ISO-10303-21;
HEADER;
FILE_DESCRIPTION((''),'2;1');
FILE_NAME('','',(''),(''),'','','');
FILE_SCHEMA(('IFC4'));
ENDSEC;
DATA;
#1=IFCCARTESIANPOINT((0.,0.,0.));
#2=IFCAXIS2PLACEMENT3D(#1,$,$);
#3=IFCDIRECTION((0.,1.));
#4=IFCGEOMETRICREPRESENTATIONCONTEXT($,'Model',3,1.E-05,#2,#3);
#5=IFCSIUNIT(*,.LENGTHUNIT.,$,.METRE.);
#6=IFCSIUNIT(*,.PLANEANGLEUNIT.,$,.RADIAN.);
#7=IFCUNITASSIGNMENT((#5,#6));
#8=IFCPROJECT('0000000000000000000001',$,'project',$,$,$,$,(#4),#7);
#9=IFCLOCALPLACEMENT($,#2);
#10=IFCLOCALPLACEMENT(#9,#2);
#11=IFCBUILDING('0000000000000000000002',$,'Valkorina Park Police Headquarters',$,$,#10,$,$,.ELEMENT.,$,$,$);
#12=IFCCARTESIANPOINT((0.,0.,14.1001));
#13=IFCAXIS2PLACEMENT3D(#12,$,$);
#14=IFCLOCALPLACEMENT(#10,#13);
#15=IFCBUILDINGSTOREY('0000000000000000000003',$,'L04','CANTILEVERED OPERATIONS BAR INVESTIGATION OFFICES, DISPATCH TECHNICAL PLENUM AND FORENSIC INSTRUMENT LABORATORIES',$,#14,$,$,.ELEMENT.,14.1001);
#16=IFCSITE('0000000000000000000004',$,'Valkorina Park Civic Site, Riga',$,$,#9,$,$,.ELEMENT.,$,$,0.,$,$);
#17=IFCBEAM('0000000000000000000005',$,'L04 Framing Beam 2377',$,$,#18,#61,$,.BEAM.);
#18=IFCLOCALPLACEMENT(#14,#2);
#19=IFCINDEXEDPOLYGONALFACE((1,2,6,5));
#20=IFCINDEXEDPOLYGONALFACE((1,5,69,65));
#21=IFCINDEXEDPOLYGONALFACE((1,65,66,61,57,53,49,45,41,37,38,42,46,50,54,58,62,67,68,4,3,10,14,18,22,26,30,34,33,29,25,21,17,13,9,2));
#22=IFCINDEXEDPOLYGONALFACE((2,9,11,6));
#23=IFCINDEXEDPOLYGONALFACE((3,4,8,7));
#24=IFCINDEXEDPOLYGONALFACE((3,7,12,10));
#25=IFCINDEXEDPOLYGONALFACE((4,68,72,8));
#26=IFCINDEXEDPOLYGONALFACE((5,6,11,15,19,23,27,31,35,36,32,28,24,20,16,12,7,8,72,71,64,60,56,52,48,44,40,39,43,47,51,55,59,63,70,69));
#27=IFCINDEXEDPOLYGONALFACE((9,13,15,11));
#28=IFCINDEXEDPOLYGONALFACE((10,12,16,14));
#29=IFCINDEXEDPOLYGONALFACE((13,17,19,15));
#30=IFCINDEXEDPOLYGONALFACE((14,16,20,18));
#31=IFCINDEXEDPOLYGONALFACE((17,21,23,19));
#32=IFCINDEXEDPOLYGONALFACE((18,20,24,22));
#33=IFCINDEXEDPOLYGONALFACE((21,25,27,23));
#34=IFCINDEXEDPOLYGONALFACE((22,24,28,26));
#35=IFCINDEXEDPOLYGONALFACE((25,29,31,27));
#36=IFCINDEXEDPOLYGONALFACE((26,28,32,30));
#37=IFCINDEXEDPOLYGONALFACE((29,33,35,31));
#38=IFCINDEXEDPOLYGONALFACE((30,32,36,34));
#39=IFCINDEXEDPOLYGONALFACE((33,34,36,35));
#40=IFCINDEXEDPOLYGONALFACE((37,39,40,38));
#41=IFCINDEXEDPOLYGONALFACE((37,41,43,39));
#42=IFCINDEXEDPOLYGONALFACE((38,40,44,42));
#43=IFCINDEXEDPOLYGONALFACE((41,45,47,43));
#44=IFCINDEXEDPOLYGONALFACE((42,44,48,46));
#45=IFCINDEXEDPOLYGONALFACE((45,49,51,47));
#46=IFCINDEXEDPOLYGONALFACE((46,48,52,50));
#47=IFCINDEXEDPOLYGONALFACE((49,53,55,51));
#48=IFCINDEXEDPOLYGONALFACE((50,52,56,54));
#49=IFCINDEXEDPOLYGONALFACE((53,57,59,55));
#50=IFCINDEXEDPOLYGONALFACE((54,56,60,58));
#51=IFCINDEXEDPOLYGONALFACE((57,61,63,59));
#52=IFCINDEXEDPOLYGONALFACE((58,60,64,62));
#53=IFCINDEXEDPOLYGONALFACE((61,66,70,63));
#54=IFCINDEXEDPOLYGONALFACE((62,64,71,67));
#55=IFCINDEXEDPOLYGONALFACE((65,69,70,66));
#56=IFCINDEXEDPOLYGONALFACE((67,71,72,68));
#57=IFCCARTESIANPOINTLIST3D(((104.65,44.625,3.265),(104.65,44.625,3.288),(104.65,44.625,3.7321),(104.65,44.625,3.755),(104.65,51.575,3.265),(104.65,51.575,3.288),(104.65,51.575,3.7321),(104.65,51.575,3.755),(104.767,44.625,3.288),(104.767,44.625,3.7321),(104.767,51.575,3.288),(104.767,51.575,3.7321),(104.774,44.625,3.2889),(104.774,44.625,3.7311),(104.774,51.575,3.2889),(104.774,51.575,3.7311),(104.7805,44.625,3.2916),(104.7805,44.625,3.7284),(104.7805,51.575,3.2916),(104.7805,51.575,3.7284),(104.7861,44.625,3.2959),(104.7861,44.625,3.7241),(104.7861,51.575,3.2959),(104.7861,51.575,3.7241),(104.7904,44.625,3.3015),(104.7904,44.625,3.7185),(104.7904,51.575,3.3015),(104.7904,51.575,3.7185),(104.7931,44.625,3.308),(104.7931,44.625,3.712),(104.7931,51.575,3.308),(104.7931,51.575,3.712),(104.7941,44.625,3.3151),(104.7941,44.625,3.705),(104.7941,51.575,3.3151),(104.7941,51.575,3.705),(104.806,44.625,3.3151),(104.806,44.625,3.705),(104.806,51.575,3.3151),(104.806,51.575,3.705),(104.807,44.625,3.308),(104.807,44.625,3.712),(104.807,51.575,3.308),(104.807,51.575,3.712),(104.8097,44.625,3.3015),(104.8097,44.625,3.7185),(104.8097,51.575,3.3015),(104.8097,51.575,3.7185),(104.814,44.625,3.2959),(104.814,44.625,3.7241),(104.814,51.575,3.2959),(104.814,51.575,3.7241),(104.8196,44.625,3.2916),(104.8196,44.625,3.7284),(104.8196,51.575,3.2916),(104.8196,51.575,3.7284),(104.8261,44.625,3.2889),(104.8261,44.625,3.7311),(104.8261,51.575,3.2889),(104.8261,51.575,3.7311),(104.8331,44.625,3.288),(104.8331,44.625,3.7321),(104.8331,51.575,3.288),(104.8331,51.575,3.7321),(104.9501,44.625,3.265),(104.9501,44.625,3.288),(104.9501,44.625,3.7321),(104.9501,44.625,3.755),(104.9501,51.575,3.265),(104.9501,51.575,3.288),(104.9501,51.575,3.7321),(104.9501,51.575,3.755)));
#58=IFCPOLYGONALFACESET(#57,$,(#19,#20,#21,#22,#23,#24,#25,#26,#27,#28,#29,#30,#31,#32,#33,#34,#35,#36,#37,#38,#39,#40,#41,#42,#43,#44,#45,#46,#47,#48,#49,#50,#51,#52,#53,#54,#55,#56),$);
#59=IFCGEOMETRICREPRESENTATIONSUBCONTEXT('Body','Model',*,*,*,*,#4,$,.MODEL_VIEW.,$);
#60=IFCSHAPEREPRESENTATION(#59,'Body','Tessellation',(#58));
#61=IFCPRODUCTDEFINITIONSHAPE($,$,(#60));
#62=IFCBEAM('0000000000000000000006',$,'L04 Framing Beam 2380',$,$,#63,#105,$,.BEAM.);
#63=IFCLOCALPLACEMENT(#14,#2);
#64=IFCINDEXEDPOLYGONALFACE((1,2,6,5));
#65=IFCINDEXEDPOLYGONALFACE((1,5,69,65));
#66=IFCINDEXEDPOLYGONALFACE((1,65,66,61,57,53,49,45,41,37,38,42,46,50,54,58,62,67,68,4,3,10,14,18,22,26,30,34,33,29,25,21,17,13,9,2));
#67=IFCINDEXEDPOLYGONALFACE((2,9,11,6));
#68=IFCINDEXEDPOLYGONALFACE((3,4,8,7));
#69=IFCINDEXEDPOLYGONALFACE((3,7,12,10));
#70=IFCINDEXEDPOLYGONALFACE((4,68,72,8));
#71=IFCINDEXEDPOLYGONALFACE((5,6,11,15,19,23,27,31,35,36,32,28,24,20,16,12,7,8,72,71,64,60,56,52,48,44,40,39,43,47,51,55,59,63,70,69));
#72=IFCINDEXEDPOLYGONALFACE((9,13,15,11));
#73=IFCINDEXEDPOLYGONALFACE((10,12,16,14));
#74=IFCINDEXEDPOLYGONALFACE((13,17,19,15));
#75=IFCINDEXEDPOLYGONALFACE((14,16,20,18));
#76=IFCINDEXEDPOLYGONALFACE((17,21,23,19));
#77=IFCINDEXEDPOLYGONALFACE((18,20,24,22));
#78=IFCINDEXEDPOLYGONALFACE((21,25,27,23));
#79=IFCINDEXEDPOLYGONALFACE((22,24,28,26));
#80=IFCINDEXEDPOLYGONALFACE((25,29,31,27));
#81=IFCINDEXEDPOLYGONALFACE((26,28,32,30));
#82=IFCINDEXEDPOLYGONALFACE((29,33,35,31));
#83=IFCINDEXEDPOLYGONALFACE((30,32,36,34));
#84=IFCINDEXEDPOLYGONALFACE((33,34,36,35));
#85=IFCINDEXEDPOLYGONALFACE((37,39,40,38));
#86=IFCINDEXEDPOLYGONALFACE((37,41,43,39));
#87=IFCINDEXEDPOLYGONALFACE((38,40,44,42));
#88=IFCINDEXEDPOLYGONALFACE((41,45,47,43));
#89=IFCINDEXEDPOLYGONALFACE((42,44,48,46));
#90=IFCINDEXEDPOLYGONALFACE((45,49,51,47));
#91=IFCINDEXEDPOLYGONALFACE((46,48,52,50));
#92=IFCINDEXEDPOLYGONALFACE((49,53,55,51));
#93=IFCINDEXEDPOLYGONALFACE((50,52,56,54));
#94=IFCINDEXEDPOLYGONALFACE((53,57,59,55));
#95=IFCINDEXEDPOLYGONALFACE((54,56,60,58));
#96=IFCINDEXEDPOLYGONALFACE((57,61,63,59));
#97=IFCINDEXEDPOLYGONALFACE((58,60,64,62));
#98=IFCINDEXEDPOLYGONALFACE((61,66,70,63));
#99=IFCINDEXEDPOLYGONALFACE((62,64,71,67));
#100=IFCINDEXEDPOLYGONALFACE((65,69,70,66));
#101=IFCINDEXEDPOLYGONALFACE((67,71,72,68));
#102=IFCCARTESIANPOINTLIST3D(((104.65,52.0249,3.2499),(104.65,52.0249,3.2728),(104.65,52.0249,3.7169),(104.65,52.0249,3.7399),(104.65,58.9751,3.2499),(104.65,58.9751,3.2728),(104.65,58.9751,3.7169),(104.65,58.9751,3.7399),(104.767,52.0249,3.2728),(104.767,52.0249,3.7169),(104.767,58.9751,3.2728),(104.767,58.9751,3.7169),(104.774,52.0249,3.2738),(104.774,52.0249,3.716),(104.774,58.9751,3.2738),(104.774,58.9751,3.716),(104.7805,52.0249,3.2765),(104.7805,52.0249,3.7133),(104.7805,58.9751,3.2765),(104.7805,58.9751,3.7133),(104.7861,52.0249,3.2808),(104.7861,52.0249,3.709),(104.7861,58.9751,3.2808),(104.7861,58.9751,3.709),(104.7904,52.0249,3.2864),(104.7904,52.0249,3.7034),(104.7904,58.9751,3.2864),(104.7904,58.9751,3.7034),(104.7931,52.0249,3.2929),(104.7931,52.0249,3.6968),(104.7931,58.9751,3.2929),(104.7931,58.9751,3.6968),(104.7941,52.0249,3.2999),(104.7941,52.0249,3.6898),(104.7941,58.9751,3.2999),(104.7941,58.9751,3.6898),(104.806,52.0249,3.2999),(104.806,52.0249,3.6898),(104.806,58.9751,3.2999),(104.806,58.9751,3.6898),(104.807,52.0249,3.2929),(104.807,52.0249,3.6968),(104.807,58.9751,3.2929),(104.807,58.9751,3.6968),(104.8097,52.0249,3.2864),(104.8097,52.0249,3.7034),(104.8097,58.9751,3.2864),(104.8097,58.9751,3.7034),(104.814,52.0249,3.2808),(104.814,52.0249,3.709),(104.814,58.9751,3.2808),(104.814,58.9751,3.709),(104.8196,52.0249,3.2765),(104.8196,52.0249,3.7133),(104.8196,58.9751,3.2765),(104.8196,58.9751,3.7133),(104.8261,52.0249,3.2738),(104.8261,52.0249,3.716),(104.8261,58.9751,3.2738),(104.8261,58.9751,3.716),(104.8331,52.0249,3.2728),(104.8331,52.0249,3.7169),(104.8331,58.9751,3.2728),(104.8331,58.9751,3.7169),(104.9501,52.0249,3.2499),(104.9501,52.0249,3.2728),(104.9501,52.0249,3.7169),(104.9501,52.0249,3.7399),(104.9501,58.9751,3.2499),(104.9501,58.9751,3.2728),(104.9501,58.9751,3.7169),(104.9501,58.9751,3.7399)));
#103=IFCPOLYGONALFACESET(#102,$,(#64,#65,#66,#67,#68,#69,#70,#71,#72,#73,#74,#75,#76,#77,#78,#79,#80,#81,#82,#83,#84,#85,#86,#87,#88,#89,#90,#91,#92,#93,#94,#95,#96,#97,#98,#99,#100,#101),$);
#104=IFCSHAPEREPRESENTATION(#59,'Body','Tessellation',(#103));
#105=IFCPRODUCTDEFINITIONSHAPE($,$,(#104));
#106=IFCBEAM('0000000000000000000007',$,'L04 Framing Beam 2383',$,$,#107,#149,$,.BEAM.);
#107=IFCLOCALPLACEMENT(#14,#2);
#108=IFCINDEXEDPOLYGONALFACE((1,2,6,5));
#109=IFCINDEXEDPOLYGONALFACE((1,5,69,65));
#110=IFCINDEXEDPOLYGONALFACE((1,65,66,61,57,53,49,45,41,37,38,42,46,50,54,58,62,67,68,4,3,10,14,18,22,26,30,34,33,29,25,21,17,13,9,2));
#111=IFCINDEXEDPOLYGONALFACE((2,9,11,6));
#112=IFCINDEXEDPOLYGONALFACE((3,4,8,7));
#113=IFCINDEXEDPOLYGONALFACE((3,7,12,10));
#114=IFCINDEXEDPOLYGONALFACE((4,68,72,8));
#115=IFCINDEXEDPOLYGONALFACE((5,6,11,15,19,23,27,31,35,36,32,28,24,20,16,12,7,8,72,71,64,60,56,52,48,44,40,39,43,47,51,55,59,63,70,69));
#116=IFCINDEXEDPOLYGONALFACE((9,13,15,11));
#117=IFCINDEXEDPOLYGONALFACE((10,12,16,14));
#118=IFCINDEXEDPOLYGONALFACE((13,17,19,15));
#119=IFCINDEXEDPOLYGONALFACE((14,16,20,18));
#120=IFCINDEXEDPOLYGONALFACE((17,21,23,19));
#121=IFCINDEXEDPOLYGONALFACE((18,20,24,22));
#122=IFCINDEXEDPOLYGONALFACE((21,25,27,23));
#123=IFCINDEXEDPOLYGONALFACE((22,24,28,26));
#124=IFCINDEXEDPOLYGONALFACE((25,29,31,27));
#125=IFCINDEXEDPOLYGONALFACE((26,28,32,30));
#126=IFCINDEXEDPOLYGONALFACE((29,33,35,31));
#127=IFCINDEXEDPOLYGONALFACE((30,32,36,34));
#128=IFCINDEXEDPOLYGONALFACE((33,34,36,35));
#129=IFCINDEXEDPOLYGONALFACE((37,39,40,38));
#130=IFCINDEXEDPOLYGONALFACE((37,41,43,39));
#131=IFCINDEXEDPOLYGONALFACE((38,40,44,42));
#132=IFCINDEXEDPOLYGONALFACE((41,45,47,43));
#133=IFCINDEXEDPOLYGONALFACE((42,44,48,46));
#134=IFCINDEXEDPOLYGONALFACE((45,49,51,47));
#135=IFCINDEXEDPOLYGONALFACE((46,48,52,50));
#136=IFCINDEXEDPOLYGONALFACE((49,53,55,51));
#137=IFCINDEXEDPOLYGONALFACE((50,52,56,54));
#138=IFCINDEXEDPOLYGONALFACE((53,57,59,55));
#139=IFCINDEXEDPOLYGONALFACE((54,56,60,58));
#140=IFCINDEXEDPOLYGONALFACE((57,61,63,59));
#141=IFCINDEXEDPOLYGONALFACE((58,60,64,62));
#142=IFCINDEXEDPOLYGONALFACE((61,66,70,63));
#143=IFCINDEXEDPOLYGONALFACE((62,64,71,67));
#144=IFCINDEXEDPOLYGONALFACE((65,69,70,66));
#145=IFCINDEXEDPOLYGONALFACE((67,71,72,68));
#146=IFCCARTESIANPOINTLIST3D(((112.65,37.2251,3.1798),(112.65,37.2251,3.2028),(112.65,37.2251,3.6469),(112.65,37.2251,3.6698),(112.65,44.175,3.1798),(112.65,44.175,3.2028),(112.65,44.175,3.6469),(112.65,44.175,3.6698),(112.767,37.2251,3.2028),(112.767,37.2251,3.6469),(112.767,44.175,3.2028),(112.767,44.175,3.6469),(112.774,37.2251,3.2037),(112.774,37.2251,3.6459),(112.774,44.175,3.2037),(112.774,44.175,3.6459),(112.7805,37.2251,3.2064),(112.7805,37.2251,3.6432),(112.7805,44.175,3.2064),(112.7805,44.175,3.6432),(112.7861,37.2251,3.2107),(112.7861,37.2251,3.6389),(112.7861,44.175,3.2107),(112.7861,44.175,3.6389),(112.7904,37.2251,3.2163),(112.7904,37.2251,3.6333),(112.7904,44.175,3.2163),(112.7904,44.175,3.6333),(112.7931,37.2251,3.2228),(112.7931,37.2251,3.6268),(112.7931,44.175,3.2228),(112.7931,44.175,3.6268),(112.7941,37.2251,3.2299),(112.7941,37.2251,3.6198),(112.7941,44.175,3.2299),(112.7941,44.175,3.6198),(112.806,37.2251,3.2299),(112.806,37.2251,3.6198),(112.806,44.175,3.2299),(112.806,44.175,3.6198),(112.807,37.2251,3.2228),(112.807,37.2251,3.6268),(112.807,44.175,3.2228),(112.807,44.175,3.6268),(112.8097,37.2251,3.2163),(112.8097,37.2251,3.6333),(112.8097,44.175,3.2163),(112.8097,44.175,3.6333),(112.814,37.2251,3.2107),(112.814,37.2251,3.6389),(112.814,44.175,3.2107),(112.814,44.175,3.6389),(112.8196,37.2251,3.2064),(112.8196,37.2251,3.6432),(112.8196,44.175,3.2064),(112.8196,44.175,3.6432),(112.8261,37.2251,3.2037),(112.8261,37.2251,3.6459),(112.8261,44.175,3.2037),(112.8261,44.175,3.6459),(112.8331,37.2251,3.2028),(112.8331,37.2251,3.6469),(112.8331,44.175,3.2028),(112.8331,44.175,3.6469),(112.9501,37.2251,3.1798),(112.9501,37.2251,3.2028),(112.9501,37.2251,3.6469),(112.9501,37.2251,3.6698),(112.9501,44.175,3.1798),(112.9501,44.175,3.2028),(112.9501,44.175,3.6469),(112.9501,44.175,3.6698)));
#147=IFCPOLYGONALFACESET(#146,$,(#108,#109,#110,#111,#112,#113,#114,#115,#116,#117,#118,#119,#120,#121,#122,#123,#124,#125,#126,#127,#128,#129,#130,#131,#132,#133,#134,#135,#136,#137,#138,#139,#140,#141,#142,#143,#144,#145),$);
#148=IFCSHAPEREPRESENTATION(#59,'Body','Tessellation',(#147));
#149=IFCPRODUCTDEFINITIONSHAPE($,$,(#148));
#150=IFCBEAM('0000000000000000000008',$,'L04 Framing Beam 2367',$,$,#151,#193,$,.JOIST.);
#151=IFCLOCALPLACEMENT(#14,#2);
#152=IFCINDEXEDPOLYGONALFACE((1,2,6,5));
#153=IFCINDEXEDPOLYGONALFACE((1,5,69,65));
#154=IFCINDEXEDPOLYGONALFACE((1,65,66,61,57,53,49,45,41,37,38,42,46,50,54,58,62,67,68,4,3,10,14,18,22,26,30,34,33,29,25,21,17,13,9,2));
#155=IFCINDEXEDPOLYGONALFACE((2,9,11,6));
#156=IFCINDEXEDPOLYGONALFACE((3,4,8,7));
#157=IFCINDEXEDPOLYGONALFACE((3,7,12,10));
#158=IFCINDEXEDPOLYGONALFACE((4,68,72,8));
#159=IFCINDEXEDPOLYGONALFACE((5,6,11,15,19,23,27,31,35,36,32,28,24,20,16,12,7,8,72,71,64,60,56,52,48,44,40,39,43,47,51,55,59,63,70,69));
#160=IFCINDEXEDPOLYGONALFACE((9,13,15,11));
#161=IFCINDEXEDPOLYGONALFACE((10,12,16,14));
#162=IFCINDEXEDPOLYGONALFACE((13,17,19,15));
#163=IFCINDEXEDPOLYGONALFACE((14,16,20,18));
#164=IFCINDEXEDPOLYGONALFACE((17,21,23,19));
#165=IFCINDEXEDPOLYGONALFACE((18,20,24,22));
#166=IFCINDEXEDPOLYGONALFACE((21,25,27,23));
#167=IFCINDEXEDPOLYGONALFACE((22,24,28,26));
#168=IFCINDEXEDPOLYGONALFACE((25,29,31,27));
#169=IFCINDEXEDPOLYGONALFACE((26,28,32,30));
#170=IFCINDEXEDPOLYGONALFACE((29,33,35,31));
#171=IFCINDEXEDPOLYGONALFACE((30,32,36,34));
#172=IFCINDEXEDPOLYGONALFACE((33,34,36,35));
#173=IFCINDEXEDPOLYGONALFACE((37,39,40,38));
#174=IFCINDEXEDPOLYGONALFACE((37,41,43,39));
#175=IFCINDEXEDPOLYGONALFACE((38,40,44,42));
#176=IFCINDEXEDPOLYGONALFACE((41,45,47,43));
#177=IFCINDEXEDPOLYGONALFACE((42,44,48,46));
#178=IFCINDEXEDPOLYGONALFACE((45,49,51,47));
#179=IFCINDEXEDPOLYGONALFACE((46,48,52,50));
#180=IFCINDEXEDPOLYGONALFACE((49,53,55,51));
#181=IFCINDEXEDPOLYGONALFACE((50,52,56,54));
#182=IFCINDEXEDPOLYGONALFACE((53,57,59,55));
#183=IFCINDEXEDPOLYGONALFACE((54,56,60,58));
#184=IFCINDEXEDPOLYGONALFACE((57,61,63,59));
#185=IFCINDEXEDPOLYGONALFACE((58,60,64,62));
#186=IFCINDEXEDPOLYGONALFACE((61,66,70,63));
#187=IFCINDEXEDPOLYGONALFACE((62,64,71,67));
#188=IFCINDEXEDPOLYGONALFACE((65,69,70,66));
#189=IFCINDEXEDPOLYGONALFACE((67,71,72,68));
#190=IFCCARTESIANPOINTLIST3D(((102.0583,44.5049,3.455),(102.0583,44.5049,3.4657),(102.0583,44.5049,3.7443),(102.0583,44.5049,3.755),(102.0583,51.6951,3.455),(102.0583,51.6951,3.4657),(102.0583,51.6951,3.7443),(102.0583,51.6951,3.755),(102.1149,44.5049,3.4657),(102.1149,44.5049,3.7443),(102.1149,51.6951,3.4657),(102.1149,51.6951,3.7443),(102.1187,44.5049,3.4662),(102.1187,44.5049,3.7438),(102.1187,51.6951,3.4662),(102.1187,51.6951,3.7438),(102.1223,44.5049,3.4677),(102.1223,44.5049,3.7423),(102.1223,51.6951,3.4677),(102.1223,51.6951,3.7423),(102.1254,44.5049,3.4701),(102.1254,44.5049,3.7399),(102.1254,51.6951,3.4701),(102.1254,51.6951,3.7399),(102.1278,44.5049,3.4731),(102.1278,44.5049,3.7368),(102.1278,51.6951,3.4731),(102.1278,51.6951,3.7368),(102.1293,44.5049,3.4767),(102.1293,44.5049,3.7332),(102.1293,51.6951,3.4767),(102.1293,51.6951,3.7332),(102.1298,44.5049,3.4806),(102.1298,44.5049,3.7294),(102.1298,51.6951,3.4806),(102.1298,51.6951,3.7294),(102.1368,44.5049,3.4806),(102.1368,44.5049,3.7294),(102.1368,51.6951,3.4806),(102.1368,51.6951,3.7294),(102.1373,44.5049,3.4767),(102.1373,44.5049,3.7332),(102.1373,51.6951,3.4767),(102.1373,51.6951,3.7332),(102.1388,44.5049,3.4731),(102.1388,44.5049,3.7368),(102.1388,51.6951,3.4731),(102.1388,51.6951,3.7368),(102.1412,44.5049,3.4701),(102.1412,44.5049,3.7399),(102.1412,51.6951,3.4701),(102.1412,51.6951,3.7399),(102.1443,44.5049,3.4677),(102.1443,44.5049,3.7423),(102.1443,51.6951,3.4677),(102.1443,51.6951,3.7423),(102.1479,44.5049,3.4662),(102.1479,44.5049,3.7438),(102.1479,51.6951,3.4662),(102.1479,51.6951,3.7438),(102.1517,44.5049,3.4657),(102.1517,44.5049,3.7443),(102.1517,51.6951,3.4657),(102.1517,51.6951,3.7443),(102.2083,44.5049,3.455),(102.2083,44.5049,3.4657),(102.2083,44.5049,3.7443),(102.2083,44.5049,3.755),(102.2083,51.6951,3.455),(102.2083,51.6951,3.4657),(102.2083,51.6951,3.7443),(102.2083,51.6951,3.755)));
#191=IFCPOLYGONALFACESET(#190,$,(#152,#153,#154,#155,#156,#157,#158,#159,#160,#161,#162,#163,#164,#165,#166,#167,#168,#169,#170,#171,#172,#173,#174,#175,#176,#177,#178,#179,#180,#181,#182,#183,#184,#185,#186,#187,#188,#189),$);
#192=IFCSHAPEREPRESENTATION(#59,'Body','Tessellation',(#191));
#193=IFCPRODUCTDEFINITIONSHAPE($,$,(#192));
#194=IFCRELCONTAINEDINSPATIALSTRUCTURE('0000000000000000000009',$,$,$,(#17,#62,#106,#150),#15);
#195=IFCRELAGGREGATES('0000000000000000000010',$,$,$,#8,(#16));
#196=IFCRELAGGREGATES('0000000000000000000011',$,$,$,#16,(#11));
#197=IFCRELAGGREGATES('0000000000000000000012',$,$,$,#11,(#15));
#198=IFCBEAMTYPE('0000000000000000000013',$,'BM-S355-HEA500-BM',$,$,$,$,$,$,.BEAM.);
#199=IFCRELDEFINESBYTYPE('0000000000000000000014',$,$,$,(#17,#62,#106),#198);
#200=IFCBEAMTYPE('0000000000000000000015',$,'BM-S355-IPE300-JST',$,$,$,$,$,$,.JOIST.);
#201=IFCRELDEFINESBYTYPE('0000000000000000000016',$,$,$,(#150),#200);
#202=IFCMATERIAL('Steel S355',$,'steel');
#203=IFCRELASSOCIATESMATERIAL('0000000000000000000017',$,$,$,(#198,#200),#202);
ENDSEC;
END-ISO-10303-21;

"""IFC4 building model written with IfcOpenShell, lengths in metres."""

from ifc_helpers import new_model, si_unit, direction, frame, origin, origin_2d, place, context, subcontext, project, spatial, i_section, extrude, material, material_profile, profile_set, type_object, element, save


model = new_model("IFC4")

# Units and contexts
model_context = context("Model", 3, precision=1e-05, world=origin(), true_north=direction((0.0, 1.0)))
body_context = subcontext(model_context, "Body", "Model", "MODEL_VIEW")
ifc_project = project(units=[si_unit("LENGTHUNIT", "METRE"), si_unit("PLANEANGLEUNIT", "RADIAN")], contexts=[model_context])

# Site, building, storey
site_placement = place(None, origin())
site = spatial("IfcSite", under=ifc_project, at=site_placement, Name="Valkorina Park Civic Site, Riga", CompositionType="ELEMENT", RefElevation=0.0)
building_placement = place(site_placement, origin())
building = spatial("IfcBuilding", under=site, at=building_placement, Name="Valkorina Park Police Headquarters", CompositionType="ELEMENT")
storey_placement = place(building_placement, frame((0.0, 0.0, 14.1001)))
storey = spatial("IfcBuildingStorey", under=building, at=storey_placement, Name="L04", Description="CANTILEVERED OPERATIONS BAR INVESTIGATION OFFICES, DISPATCH TECHNICAL PLENUM AND FORENSIC INSTRUMENT LABORATORIES", CompositionType="ELEMENT", Elevation=14.1001)

# Shared definitions
ifc_material_1 = material(Name="Steel S355", Category="steel")

# Beams
ifc_material_profile_1 = material_profile(ifc_material_1, i_section(OverallWidth=0.3, OverallDepth=0.49, WebThickness=0.012, FlangeThickness=0.0229, FilletRadius=0.0271, at=origin_2d()), Name="HEA 500")
ifc_profile_set_1 = profile_set([ifc_material_profile_1], Name="Steel S355")
beam_type_1 = type_object("IfcBeamType", Name="BM-S355-HEA500-BM", PredefinedType="BEAM", material=ifc_profile_set_1)
for number, where, z_axis, x_axis, name in (
    (1, (104.8, 44.625, 3.51), (0.0, 1.0, 0.0), (-1.0, 0.0, 0.0), "L04 Framing Beam 2377"),
):
    element("IfcBeam", number, at=place(storey_placement, frame(where, z_axis=z_axis, x_axis=x_axis)), inside=storey, type_object=beam_type_1, Name=name, PredefinedType="BEAM", context=body_context, shape_type="SweptSolid", body=[
        extrude(i_section(OverallWidth=0.3, OverallDepth=0.49, WebThickness=0.012, FlangeThickness=0.0229, FilletRadius=0.0271, at=origin_2d()), origin(), (0.0, 0.0, 1.0), 6.95),
    ])
beam_1_placement = place(storey_placement, frame((104.8, 52.0249, 3.4949), z_axis=(0.0, 1.0, 0.0), x_axis=(-1.0, 0.0, 0.0)))
element("IfcBeam", 2, at=beam_1_placement, inside=storey, type_object=beam_type_1, Name="L04 Framing Beam 2380", PredefinedType="BEAM", context=body_context, shape_type="SweptSolid", body=[
    extrude(i_section(OverallWidth=0.3, OverallDepth=0.49, WebThickness=0.012, FlangeThickness=0.0229, FilletRadius=0.0271, at=origin_2d()), origin(), (0.0, 0.0, 1.0), 6.9502),
])
beam_2_placement = place(storey_placement, frame((112.8, 37.2251, 3.4248), z_axis=(0.0, 1.0, 0.0), x_axis=(-1.0, 0.0, 0.0)))
element("IfcBeam", 3, at=beam_2_placement, inside=storey, type_object=beam_type_1, Name="L04 Framing Beam 2383", PredefinedType="BEAM", context=body_context, shape_type="SweptSolid", body=[
    extrude(i_section(OverallWidth=0.3, OverallDepth=0.49, WebThickness=0.012, FlangeThickness=0.0229, FilletRadius=0.0271, at=origin_2d()), origin(), (0.0, 0.0, 1.0), 6.95),
])
ifc_material_profile_2 = material_profile(ifc_material_1, i_section(OverallWidth=0.1499, OverallDepth=0.3, WebThickness=0.0071, FlangeThickness=0.0107, FilletRadius=0.0149, at=origin_2d()), Name="IPE 300")
ifc_profile_set_2 = profile_set([ifc_material_profile_2], Name="Steel S355")
beam_type_2 = type_object("IfcBeamType", Name="BM-S355-IPE300-JST", PredefinedType="JOIST", material=ifc_profile_set_2)
beam_3_placement = place(storey_placement, frame((102.1333, 44.5049, 3.605), z_axis=(0.0, 1.0, 0.0), x_axis=(-1.0, 0.0, 0.0)))
element("IfcBeam", 4, at=beam_3_placement, inside=storey, type_object=beam_type_2, Name="L04 Framing Beam 2367", PredefinedType="JOIST", context=body_context, shape_type="SweptSolid", body=[
    extrude(i_section(OverallWidth=0.1499, OverallDepth=0.3, WebThickness=0.0071, FlangeThickness=0.0107, FilletRadius=0.0149, at=origin_2d()), origin(), (0.0, 0.0, 1.0), 7.1902),
])

save(model, "model.ifc")
